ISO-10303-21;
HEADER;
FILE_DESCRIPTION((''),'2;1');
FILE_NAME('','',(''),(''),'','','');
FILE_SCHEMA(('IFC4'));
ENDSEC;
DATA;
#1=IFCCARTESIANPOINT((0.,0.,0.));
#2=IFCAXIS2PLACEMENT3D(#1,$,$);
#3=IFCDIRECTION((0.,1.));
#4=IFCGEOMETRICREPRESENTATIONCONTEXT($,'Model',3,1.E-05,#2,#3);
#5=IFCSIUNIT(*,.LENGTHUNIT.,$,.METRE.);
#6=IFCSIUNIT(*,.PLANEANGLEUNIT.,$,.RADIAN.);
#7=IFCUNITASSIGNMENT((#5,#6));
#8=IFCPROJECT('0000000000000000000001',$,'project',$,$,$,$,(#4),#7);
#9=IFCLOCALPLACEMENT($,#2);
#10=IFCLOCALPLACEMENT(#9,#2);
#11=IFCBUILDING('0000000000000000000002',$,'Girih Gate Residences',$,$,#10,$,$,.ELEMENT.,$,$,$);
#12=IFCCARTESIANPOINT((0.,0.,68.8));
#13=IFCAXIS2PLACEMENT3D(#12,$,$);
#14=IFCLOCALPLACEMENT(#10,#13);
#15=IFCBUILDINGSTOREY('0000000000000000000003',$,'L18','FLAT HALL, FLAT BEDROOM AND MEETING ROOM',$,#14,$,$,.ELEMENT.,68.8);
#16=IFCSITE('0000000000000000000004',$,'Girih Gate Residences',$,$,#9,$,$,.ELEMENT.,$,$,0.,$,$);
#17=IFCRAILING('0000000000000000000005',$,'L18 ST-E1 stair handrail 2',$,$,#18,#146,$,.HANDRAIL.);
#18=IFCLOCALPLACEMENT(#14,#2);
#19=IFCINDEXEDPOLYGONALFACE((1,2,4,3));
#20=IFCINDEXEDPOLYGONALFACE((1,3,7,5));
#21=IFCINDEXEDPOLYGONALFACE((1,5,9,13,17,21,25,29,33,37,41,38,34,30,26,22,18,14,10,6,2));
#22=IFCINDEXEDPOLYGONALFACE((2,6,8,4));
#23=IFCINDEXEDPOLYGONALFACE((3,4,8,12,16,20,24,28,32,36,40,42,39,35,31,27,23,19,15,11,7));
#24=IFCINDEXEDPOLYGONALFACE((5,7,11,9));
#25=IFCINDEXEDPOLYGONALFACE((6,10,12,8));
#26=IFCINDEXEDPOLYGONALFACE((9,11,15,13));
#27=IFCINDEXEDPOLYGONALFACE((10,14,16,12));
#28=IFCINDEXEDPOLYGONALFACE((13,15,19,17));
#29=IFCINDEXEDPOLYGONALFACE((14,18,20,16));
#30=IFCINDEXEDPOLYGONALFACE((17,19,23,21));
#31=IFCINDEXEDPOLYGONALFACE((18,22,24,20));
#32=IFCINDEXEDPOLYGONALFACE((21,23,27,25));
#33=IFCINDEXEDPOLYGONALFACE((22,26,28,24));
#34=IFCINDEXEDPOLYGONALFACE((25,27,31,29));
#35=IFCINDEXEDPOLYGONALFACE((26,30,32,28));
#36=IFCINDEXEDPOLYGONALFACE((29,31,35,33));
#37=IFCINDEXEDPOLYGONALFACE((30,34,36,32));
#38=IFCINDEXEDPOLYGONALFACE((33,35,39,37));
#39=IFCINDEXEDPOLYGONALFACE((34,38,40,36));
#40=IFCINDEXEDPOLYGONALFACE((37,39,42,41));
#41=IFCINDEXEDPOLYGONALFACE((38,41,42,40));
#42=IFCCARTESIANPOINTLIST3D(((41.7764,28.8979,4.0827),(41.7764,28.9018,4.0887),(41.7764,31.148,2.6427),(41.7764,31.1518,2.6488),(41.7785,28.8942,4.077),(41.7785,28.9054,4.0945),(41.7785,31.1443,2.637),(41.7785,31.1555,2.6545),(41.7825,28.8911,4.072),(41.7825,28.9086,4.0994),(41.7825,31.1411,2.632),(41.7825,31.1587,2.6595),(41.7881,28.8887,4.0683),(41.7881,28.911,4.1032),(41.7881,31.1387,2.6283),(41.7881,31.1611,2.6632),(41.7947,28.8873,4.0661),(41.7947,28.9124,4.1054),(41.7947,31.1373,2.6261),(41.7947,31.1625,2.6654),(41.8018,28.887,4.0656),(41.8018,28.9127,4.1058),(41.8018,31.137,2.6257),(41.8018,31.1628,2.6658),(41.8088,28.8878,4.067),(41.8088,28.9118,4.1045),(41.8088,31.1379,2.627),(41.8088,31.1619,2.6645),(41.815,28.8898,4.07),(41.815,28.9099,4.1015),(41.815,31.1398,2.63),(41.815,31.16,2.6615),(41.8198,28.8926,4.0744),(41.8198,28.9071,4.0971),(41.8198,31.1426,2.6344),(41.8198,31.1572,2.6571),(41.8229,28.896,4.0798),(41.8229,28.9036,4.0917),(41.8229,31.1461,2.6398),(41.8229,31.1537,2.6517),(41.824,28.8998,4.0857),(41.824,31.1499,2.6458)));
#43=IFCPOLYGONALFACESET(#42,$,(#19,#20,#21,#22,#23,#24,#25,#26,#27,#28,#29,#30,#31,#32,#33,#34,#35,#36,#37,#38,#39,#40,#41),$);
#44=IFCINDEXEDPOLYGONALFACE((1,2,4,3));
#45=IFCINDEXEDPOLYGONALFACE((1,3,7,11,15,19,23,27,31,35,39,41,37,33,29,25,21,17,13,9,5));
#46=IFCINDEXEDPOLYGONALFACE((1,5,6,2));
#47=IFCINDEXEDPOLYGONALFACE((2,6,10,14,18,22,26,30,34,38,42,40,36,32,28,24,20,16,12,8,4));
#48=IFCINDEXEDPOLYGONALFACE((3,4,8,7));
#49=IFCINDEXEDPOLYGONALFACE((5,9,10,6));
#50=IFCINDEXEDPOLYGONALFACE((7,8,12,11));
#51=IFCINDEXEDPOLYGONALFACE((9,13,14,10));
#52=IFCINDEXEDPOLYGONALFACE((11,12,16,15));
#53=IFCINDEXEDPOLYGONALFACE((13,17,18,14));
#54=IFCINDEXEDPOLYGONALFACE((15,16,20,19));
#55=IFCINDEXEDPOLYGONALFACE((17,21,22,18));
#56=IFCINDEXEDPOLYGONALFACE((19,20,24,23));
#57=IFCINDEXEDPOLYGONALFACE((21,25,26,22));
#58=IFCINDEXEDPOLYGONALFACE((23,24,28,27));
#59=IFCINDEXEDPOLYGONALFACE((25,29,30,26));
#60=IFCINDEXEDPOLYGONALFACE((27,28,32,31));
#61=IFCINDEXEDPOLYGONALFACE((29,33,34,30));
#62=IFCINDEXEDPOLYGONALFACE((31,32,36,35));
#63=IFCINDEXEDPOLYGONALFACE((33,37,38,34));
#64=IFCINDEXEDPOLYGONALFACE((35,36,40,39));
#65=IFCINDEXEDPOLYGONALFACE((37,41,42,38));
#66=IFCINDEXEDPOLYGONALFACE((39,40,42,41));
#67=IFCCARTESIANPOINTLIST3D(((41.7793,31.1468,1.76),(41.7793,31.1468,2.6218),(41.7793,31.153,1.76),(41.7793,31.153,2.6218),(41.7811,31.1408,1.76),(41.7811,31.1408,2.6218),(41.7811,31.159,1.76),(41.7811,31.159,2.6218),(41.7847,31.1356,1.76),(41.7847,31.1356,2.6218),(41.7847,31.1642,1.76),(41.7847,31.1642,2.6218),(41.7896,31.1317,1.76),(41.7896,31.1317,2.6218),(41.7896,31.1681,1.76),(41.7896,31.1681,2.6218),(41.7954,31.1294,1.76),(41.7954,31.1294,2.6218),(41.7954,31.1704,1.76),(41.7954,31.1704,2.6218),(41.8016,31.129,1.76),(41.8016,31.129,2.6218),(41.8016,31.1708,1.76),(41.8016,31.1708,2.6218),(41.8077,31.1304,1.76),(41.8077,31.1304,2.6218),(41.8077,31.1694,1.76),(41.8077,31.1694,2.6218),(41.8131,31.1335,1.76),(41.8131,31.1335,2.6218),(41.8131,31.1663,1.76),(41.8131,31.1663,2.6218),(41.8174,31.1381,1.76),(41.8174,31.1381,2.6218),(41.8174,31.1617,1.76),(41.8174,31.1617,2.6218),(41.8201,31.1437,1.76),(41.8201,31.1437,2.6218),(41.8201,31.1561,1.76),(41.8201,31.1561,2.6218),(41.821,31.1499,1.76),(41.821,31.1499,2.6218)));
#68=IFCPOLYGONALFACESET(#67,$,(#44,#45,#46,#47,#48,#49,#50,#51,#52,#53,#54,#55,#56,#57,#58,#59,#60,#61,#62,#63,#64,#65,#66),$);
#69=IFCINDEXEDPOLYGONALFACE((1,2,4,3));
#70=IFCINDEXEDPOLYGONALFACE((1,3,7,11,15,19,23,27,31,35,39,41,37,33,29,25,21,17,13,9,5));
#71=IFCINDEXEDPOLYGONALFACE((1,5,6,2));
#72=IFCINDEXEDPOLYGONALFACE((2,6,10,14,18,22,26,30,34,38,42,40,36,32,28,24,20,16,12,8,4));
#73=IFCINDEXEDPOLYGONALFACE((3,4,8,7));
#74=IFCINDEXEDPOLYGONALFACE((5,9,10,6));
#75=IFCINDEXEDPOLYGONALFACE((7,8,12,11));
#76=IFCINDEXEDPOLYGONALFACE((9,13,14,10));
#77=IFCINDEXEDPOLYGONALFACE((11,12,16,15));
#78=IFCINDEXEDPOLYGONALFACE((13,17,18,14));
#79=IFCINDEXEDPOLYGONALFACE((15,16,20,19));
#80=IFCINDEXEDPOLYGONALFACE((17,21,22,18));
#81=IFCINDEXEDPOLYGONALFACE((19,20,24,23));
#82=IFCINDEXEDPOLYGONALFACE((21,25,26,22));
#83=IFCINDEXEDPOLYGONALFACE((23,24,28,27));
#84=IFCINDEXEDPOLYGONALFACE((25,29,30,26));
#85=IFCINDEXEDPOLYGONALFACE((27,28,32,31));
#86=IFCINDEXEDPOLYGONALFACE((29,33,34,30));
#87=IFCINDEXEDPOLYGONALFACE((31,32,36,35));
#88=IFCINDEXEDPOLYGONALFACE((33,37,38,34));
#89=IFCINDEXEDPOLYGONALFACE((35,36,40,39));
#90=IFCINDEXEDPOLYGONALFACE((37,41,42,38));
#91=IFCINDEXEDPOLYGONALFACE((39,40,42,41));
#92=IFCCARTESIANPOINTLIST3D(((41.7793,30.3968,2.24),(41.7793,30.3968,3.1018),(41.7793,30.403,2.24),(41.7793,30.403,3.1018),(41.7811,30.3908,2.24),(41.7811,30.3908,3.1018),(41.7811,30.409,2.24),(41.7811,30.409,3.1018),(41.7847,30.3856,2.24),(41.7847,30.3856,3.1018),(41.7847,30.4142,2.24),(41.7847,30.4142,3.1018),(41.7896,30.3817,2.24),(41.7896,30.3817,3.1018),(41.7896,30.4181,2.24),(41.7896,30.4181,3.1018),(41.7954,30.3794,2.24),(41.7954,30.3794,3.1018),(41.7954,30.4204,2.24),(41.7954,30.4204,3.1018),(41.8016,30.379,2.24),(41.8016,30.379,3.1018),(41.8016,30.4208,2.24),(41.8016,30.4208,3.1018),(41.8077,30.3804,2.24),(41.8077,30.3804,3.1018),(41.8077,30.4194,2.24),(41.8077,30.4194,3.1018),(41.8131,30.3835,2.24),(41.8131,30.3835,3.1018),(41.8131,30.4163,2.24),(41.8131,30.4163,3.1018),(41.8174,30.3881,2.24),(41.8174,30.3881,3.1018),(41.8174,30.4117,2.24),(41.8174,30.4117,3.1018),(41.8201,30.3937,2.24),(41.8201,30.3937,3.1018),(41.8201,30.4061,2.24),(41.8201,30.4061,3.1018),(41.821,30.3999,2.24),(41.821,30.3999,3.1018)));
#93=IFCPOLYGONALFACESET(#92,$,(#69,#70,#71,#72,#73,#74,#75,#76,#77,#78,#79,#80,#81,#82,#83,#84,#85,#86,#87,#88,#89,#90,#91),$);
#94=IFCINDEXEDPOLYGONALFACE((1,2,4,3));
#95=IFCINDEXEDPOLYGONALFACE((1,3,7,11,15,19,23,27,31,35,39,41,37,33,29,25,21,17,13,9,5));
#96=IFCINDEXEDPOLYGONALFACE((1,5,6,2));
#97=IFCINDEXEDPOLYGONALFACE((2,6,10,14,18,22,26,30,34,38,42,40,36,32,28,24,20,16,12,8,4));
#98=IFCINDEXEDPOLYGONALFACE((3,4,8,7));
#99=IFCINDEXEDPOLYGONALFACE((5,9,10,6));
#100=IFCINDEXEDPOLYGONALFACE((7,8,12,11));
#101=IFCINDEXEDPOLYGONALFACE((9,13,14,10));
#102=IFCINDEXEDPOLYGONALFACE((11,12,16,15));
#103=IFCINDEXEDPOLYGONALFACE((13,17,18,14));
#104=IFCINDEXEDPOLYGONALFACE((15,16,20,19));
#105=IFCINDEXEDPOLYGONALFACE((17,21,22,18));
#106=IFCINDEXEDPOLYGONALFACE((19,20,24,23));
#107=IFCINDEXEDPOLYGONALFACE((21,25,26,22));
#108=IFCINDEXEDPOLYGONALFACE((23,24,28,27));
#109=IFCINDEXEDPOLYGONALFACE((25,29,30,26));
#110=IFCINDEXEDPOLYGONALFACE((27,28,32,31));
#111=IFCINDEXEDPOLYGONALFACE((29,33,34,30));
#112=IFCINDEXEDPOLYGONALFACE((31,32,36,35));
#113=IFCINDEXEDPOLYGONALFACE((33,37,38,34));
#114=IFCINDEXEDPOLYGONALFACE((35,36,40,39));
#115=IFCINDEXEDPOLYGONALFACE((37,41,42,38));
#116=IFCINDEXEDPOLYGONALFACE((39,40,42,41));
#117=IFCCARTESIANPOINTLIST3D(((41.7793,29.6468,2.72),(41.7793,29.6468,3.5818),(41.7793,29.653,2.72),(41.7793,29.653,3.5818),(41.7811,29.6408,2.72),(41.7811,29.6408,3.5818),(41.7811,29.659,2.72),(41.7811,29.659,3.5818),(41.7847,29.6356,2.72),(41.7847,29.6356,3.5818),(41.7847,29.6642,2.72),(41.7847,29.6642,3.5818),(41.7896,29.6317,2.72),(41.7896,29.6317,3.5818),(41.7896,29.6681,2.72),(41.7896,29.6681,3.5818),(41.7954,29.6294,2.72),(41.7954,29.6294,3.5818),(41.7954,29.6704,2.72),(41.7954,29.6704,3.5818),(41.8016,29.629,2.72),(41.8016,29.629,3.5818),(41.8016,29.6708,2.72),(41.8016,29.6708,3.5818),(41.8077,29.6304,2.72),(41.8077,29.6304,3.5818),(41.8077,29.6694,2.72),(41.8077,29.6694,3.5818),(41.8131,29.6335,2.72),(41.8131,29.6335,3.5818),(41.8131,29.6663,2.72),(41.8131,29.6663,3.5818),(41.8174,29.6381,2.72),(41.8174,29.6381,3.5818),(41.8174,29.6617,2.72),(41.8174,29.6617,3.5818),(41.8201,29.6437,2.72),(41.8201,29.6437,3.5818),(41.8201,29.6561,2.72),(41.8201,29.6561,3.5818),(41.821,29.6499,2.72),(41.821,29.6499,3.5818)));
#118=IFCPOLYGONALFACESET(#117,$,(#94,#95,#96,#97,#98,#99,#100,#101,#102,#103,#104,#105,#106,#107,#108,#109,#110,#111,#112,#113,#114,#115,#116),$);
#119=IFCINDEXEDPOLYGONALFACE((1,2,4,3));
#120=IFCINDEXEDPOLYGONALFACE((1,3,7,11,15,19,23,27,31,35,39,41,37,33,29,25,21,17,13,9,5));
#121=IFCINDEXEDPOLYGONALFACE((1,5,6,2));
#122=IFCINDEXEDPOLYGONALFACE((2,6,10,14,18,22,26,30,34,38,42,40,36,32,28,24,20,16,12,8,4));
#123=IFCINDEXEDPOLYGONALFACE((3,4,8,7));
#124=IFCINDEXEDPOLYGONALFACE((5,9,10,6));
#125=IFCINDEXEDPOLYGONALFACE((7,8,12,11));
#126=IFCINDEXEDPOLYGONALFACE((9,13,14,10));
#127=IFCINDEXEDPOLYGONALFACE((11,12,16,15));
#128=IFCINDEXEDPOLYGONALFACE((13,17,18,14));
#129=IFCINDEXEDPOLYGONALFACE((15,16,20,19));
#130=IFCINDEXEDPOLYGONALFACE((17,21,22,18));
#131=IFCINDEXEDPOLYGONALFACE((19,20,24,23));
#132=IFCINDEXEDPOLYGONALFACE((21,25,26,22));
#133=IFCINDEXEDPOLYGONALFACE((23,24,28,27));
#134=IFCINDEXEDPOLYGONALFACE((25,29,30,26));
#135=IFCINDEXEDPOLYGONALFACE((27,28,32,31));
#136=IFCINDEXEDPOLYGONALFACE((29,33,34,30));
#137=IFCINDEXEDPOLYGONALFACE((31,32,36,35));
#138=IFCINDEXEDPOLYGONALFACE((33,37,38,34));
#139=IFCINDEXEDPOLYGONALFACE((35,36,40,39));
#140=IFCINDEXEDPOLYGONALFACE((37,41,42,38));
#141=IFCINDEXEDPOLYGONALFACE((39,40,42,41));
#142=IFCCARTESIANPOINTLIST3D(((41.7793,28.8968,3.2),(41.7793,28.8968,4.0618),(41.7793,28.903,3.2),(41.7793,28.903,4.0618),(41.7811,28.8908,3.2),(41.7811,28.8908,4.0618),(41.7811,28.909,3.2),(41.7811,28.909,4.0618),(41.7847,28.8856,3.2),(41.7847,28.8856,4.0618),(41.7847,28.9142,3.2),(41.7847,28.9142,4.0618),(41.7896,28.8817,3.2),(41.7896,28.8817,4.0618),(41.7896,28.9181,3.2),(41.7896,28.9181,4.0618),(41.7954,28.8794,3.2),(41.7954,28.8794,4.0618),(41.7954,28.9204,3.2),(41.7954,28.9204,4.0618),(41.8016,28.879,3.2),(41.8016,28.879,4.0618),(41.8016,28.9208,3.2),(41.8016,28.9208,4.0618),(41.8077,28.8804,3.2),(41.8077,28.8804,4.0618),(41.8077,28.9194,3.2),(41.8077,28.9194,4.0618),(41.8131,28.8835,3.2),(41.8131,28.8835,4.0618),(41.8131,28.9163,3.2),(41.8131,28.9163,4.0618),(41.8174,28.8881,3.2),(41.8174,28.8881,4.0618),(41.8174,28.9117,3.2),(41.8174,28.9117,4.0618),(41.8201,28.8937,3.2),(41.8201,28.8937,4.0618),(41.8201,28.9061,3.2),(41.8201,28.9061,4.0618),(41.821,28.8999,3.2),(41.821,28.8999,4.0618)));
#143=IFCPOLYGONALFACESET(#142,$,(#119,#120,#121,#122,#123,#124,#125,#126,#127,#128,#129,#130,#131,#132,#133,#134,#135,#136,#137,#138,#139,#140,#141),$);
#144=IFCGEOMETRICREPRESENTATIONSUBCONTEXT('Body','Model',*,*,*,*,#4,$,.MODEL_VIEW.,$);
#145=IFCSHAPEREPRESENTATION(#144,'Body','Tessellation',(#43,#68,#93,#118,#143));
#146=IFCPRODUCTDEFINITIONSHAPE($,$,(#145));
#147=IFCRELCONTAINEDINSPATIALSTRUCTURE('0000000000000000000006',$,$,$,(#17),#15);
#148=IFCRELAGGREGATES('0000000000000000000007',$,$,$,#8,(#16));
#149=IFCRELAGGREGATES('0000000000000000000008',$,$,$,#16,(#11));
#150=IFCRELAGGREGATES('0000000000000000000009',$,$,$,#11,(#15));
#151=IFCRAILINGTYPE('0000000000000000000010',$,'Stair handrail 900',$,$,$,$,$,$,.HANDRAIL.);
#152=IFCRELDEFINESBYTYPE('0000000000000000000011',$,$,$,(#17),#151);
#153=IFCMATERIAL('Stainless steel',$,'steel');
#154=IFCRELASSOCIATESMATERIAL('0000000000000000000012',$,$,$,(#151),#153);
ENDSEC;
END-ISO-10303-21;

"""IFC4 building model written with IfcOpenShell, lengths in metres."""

from ifc_helpers import new_model, si_unit, direction, frame, origin, origin_2d, place, context, subcontext, project, spatial, circle, extrude, material, type_object, element, save


model = new_model("IFC4")

# Units and contexts
model_context = context("Model", 3, precision=1e-05, world=origin(), true_north=direction((0.0, 1.0)))
body_context = subcontext(model_context, "Body", "Model", "MODEL_VIEW")
ifc_project = project(units=[si_unit("LENGTHUNIT", "METRE"), si_unit("PLANEANGLEUNIT", "RADIAN")], contexts=[model_context])

# Site, building, storey
site_placement = place(None, origin())
site = spatial("IfcSite", under=ifc_project, at=site_placement, Name="Girih Gate Residences", CompositionType="ELEMENT", RefElevation=0.0)
building_placement = place(site_placement, origin())
building = spatial("IfcBuilding", under=site, at=building_placement, Name="Girih Gate Residences", CompositionType="ELEMENT")
storey_placement = place(building_placement, frame((0.0, 0.0, 68.8)))
storey = spatial("IfcBuildingStorey", under=building, at=storey_placement, Name="L18", Description="FLAT HALL, FLAT BEDROOM AND MEETING ROOM", CompositionType="ELEMENT", Elevation=68.8)

# Railing
ifc_material_1 = material(Name="Stainless steel", Category="steel")
railing_type_1 = type_object("IfcRailingType", Name="Stair handrail 900", PredefinedType="HANDRAIL", material=ifc_material_1)
railing_1_placement = place(storey_placement, frame((41.8, 31.1499, 1.76)))
element("IfcRailing", 1, at=railing_1_placement, inside=storey, type_object=railing_type_1, Name="L18 ST-E1 stair handrail 2", PredefinedType="HANDRAIL", context=body_context, shape_type="SweptSolid", body=[
    extrude(circle(Radius=0.0239, at=origin_2d()), frame((0.0, 0.0, 0.8857), z_axis=(0.0, -0.842281, 0.539038), x_axis=(1.0, 0.0, 0.0)), (0.0, 0.0, 1.0), 2.6714),
    extrude(circle(Radius=0.021, at=origin_2d()), origin(), (0.0, 0.0, 1.0), 0.8618),
    extrude(circle(Radius=0.021, at=origin_2d()), frame((0.0, -0.75, 0.48)), (0.0, 0.0, 1.0), 0.8618),
    extrude(circle(Radius=0.021, at=origin_2d()), frame((0.0, -1.5, 0.96)), (0.0, 0.0, 1.0), 0.8618),
    extrude(circle(Radius=0.021, at=origin_2d()), frame((0.0, -2.25, 1.4399)), (0.0, 0.0, 1.0), 0.8618),
])

save(model, "model.ifc")
